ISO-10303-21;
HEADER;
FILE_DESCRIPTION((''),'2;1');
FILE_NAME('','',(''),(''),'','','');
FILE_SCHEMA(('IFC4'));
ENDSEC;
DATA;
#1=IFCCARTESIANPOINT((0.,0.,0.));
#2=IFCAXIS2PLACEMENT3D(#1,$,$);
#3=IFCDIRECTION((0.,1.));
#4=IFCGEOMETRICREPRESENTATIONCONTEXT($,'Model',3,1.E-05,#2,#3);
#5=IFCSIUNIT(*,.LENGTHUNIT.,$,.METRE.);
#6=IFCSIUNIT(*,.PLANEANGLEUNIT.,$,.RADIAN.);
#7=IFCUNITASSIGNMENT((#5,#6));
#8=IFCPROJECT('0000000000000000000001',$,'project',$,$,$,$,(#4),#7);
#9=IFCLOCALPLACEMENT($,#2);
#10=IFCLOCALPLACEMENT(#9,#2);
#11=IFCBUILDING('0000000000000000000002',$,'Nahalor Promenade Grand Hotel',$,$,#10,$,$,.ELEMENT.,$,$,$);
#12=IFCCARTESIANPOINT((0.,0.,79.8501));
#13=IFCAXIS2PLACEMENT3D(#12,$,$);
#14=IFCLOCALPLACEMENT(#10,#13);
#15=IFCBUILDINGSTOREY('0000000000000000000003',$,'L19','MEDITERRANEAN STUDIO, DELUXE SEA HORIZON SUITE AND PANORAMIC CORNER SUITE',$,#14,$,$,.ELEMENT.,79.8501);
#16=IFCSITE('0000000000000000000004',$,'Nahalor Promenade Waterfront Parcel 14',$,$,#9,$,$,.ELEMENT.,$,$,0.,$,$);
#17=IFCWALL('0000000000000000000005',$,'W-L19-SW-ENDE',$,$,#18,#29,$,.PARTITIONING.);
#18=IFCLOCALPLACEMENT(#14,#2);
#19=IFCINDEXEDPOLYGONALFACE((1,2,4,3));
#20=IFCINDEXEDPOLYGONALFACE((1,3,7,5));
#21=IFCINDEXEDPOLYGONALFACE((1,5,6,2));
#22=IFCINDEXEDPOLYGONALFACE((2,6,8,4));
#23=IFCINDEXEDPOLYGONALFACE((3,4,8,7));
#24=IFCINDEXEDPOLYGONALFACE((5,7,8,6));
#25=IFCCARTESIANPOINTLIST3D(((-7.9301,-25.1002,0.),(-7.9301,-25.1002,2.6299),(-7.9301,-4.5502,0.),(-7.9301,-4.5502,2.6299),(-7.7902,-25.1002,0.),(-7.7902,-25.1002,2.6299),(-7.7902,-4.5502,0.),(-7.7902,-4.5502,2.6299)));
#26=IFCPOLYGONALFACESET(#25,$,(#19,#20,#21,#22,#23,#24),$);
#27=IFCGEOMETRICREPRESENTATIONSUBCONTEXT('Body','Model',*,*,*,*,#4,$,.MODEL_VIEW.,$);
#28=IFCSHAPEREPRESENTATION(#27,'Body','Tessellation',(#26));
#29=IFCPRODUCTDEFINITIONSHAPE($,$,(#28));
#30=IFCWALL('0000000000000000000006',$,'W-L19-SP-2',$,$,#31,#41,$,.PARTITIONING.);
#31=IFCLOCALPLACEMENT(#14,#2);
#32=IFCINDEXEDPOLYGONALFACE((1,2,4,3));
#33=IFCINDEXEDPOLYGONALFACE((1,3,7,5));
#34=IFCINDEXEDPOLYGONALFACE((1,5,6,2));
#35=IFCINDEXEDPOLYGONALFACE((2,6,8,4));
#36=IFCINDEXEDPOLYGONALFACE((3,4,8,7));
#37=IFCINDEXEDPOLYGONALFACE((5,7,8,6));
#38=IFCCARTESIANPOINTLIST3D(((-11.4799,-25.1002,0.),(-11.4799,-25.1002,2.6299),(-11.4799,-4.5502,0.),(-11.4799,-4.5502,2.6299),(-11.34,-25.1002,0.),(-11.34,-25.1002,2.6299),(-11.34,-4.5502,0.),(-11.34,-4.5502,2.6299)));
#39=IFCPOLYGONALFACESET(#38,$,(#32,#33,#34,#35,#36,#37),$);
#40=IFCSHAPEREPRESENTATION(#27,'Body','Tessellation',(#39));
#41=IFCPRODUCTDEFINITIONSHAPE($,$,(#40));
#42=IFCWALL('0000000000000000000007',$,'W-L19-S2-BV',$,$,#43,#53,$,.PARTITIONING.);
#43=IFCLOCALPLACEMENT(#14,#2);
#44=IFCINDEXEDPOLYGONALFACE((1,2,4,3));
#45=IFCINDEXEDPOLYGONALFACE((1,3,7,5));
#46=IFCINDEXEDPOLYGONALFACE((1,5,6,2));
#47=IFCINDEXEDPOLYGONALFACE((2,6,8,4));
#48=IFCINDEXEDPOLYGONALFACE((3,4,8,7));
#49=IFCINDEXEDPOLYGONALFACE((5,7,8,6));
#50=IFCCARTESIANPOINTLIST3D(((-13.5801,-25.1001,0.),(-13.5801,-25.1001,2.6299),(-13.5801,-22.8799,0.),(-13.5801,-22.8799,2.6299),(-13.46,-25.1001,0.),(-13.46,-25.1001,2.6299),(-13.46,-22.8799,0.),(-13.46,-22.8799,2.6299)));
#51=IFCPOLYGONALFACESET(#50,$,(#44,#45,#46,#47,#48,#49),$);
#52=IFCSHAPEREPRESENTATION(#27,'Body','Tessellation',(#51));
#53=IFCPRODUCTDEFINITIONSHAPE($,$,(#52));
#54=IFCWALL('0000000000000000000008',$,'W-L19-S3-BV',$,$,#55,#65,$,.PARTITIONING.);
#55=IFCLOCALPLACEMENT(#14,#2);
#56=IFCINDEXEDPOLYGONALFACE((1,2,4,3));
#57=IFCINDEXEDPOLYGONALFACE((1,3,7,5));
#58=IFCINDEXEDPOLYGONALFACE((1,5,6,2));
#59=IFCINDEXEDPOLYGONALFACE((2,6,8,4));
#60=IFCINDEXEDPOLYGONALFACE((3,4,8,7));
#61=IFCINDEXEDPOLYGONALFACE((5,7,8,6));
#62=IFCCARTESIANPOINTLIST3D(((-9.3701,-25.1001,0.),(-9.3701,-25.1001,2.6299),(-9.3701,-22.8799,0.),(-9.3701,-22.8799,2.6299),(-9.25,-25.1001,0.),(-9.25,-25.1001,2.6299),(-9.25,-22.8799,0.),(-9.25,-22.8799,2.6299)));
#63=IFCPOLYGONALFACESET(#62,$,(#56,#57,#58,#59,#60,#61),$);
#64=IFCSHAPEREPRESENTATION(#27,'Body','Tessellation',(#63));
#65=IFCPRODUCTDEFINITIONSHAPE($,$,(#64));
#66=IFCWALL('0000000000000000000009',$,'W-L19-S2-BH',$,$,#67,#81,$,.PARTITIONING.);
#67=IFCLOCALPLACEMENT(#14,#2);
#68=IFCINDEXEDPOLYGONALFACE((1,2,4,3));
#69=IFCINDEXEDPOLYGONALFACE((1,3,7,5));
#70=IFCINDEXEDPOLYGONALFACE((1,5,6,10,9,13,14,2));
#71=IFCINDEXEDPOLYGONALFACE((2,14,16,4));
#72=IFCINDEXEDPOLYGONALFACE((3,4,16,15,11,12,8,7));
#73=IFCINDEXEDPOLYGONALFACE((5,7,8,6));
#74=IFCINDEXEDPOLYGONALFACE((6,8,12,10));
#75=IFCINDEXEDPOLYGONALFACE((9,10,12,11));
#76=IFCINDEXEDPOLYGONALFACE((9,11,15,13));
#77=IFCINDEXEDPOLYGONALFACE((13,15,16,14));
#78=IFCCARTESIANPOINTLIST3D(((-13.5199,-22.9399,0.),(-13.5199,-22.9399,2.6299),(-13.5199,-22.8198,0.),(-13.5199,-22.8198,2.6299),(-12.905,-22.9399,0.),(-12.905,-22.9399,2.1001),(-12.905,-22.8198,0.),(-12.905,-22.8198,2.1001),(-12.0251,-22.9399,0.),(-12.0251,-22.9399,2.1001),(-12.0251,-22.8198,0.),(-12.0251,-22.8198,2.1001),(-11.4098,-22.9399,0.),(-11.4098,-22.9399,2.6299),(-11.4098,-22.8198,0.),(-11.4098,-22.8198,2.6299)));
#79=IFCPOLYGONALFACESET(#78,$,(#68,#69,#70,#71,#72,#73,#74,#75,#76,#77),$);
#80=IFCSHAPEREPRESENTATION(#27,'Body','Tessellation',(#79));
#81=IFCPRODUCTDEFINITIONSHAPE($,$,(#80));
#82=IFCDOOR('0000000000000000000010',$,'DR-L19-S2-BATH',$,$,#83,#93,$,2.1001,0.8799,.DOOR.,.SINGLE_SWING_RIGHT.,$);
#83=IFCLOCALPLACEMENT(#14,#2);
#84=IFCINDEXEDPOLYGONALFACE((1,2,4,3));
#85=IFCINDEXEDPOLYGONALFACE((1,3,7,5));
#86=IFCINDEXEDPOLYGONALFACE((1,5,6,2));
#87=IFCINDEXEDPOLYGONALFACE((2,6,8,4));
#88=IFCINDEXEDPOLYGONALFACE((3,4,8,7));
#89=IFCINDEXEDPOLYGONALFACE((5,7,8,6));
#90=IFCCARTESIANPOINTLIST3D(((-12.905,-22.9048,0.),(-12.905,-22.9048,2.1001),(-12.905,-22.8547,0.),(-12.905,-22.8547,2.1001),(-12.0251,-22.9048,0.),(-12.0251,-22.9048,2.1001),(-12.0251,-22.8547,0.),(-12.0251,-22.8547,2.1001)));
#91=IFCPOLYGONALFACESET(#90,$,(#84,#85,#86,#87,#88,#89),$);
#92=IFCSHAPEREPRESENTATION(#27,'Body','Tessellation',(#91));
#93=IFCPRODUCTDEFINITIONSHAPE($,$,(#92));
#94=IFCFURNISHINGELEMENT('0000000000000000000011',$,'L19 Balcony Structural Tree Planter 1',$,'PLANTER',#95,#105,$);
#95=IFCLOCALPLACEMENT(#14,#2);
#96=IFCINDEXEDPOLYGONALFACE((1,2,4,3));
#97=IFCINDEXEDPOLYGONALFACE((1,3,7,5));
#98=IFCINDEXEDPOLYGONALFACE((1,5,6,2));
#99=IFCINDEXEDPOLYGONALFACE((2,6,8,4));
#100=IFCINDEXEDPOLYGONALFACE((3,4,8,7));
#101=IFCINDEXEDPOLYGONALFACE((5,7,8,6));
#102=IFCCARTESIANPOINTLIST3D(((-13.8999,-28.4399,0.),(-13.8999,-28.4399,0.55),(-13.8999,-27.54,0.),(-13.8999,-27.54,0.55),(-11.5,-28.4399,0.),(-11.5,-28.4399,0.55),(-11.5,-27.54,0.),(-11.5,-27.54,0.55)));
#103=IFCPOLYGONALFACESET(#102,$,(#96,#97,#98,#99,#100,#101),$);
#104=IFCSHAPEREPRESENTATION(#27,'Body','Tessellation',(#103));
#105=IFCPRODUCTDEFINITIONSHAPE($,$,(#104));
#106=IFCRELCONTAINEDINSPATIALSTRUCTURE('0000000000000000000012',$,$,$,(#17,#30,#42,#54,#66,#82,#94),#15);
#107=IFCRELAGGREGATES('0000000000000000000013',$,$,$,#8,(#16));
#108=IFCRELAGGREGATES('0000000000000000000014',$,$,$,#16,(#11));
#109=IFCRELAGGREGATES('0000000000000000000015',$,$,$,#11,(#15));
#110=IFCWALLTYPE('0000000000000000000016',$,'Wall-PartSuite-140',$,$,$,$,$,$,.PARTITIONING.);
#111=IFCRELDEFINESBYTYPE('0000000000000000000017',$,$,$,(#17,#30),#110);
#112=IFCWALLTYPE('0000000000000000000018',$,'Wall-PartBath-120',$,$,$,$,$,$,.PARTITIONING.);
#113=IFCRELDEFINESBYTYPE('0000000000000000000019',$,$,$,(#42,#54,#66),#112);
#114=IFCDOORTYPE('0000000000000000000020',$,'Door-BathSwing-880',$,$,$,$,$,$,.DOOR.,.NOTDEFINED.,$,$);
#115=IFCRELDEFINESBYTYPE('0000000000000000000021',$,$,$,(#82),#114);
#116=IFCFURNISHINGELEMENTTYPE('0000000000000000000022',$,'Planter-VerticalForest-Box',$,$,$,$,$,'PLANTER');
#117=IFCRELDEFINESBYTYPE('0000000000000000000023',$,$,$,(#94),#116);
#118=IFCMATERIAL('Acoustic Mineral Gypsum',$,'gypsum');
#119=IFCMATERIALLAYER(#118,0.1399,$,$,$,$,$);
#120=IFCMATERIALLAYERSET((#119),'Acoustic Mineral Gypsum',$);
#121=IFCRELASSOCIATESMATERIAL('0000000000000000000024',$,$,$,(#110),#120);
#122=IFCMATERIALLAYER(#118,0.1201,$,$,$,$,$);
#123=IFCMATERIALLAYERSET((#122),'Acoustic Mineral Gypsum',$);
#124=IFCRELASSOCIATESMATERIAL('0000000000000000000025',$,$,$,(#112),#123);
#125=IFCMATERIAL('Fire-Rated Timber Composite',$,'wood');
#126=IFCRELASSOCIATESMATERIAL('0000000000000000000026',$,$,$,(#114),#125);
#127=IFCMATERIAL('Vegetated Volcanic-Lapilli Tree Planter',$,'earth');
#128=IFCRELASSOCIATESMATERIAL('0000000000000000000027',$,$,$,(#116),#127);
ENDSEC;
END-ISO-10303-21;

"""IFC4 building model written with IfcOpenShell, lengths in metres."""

from ifc_helpers import new_model, si_unit, direction, frame, frame_2d, origin, origin_2d, place, context, subcontext, project, spatial, rectangle, extrude, source, transform, mapped, material, layer, layer_set, type_object, element, fill, save


model = new_model("IFC4")

# Units and contexts
model_context = context("Model", 3, precision=1e-05, world=origin(), true_north=direction((0.0, 1.0)))
body_context = subcontext(model_context, "Body", "Model", "MODEL_VIEW")
ifc_project = project(units=[si_unit("LENGTHUNIT", "METRE"), si_unit("PLANEANGLEUNIT", "RADIAN")], contexts=[model_context])

# Site, building, storey
site_placement = place(None, origin())
site = spatial("IfcSite", under=ifc_project, at=site_placement, Name="Nahalor Promenade Waterfront Parcel 14", CompositionType="ELEMENT", RefElevation=0.0)
building_placement = place(site_placement, origin())
building = spatial("IfcBuilding", under=site, at=building_placement, Name="Nahalor Promenade Grand Hotel", CompositionType="ELEMENT")
storey_placement = place(building_placement, frame((0.0, 0.0, 79.8501)))
storey = spatial("IfcBuildingStorey", under=building, at=storey_placement, Name="L19", Description="MEDITERRANEAN STUDIO, DELUXE SEA HORIZON SUITE AND PANORAMIC CORNER SUITE", CompositionType="ELEMENT", Elevation=79.8501)

# Walls
ifc_material_1 = material(Name="Acoustic Mineral Gypsum", Category="gypsum")
ifc_layer_1 = layer(ifc_material_1, 0.1399)
ifc_layer_set_1 = layer_set([ifc_layer_1], Name="Acoustic Mineral Gypsum")
wall_type_1 = type_object("IfcWallType", Name="Wall-PartSuite-140", PredefinedType="PARTITIONING", material=ifc_layer_set_1)
shared_shape_1 = source(origin(), body_context, "Body", "SweptSolid", [
    extrude(rectangle(XDim=20.55, YDim=0.1399, at=frame_2d((10.2749, 0.0))), origin(), (0.0, 0.0, 1.0), 2.6299),
])
for number, where, z_axis, x_axis, name in (
    (1, (-7.8601, -25.1001, 0.0), (0.0, 0.0, 1.0), (0.0, 1.0, 0.0), "W-L19-SW-ENDE"),
    (2, (-11.4099, -25.1001, 0.0), (0.0, 0.0, 1.0), (0.0, 1.0, 0.0), "W-L19-SP-2"),
):
    element("IfcWall", number, at=place(storey_placement, frame(where, z_axis=z_axis, x_axis=x_axis)), inside=storey, type_object=wall_type_1, Name=name, PredefinedType="PARTITIONING", context=body_context, shape_type="MappedRepresentation", body=[
        mapped(shared_shape_1, transform((0.0, 0.0, 0.0), scale=1.0)),
    ])
ifc_layer_2 = layer(ifc_material_1, 0.1201)
ifc_layer_set_2 = layer_set([ifc_layer_2], Name="Acoustic Mineral Gypsum")
wall_type_2 = type_object("IfcWallType", Name="Wall-PartBath-120", PredefinedType="PARTITIONING", material=ifc_layer_set_2)
shared_shape_2 = source(origin(), body_context, "Body", "SweptSolid", [
    extrude(rectangle(XDim=2.2202, YDim=0.1201, at=frame_2d((1.1101, 0.0))), origin(), (0.0, 0.0, 1.0), 2.6299),
])
for number, where, z_axis, x_axis, name in (
    (3, (-13.52, -25.1001, 0.0), (0.0, 0.0, 1.0), (0.0, 1.0, 0.0), "W-L19-S2-BV"),
    (4, (-9.3101, -25.1001, 0.0), (0.0, 0.0, 1.0), (0.0, 1.0, 0.0), "W-L19-S3-BV"),
):
    element("IfcWall", number, at=place(storey_placement, frame(where, z_axis=z_axis, x_axis=x_axis)), inside=storey, type_object=wall_type_2, Name=name, PredefinedType="PARTITIONING", context=body_context, shape_type="MappedRepresentation", body=[
        mapped(shared_shape_2, transform((0.0, 0.0, 0.0), scale=1.0)),
    ])

# Wall, opening, door
shared_shape_3 = source(origin(), body_context, "Body", "SweptSolid", [
    extrude(rectangle(XDim=2.1101, YDim=0.1201, at=frame_2d((1.0552, 0.0))), origin(), (0.0, 0.0, 1.0), 2.6299),
])
wall_1_placement = place(storey_placement, frame((-13.52, -22.8799, 0.0), z_axis=(0.0, 0.0, 1.0), x_axis=(1.0, 0.0, 0.0)))
wall_1 = element("IfcWall", 5, at=wall_1_placement, inside=storey, type_object=wall_type_2, Name="W-L19-S2-BH", PredefinedType="PARTITIONING", context=body_context, shape_type="MappedRepresentation", body=[
    mapped(shared_shape_3, transform((0.0, 0.0, 0.0), scale=1.0)),
])
opening_placement = place(wall_1_placement, frame((0.615, 0.0, 0.0)))
opening = element("IfcOpeningElement", 6, at=opening_placement, cuts=wall_1, PredefinedType="OPENING", context=body_context, shape_type="SweptSolid", body=[
    extrude(rectangle(XDim=0.8799, YDim=2.1001, at=frame_2d((0.4399, 1.05))), frame((0.0, 0.0701, 0.0), z_axis=(0.0, -1.0, 0.0), x_axis=(1.0, 0.0, 0.0)), (0.0, 0.0, 1.0), 0.1401),
])
ifc_material_2 = material(Name="Fire-Rated Timber Composite", Category="wood")
door_type = type_object("IfcDoorType", Name="Door-BathSwing-880", OperationType="NOTDEFINED", PredefinedType="DOOR", material=ifc_material_2)
shared_shape_4 = source(origin(), body_context, "Body", "SweptSolid", [
    extrude(rectangle(XDim=0.8799, YDim=2.1001, at=frame_2d((0.4399, 1.05))), frame((0.0, 0.0249, 0.0), z_axis=(0.0, -1.0, 0.0), x_axis=(1.0, 0.0, 0.0)), (0.0, 0.0, 1.0), 0.05),
])
door_placement = place(opening_placement, frame((0.8799, 0.0, 0.0), z_axis=(0.0, 0.0, 1.0), x_axis=(-1.0, 0.0, 0.0)))
door = element("IfcDoor", 7, at=door_placement, inside=storey, type_object=door_type, Name="DR-L19-S2-BATH", OperationType="SINGLE_SWING_RIGHT", OverallHeight=2.1001, OverallWidth=0.8799, PredefinedType="DOOR", context=body_context, shape_type="MappedRepresentation", body=[
    mapped(shared_shape_4, transform((0.0, 0.0, 0.0), scale=1.0)),
])
fill(opening, door)

# Furnishing element
ifc_material_3 = material(Name="Vegetated Volcanic-Lapilli Tree Planter", Category="earth")
furnishing_element_type = type_object("IfcFurnishingElementType", Name="Planter-VerticalForest-Box", ElementType="PLANTER", material=ifc_material_3)
shared_shape_5 = source(origin(), body_context, "Body", "SweptSolid", [
    extrude(rectangle(XDim=2.3999, YDim=0.8999, at=origin_2d()), origin(), (0.0, 0.0, 1.0), 0.55),
])
furnishing_placement = place(storey_placement, frame((-12.7, -27.99, 0.0), z_axis=(0.0, 0.0, 1.0), x_axis=(1.0, 0.0, 0.0)))
element("IfcFurnishingElement", 8, at=furnishing_placement, inside=storey, type_object=furnishing_element_type, Name="L19 Balcony Structural Tree Planter 1", ObjectType="PLANTER", context=body_context, shape_type="MappedRepresentation", body=[
    mapped(shared_shape_5, transform((0.0, 0.0, 0.0), scale=1.0)),
])

save(model, "model.ifc")
